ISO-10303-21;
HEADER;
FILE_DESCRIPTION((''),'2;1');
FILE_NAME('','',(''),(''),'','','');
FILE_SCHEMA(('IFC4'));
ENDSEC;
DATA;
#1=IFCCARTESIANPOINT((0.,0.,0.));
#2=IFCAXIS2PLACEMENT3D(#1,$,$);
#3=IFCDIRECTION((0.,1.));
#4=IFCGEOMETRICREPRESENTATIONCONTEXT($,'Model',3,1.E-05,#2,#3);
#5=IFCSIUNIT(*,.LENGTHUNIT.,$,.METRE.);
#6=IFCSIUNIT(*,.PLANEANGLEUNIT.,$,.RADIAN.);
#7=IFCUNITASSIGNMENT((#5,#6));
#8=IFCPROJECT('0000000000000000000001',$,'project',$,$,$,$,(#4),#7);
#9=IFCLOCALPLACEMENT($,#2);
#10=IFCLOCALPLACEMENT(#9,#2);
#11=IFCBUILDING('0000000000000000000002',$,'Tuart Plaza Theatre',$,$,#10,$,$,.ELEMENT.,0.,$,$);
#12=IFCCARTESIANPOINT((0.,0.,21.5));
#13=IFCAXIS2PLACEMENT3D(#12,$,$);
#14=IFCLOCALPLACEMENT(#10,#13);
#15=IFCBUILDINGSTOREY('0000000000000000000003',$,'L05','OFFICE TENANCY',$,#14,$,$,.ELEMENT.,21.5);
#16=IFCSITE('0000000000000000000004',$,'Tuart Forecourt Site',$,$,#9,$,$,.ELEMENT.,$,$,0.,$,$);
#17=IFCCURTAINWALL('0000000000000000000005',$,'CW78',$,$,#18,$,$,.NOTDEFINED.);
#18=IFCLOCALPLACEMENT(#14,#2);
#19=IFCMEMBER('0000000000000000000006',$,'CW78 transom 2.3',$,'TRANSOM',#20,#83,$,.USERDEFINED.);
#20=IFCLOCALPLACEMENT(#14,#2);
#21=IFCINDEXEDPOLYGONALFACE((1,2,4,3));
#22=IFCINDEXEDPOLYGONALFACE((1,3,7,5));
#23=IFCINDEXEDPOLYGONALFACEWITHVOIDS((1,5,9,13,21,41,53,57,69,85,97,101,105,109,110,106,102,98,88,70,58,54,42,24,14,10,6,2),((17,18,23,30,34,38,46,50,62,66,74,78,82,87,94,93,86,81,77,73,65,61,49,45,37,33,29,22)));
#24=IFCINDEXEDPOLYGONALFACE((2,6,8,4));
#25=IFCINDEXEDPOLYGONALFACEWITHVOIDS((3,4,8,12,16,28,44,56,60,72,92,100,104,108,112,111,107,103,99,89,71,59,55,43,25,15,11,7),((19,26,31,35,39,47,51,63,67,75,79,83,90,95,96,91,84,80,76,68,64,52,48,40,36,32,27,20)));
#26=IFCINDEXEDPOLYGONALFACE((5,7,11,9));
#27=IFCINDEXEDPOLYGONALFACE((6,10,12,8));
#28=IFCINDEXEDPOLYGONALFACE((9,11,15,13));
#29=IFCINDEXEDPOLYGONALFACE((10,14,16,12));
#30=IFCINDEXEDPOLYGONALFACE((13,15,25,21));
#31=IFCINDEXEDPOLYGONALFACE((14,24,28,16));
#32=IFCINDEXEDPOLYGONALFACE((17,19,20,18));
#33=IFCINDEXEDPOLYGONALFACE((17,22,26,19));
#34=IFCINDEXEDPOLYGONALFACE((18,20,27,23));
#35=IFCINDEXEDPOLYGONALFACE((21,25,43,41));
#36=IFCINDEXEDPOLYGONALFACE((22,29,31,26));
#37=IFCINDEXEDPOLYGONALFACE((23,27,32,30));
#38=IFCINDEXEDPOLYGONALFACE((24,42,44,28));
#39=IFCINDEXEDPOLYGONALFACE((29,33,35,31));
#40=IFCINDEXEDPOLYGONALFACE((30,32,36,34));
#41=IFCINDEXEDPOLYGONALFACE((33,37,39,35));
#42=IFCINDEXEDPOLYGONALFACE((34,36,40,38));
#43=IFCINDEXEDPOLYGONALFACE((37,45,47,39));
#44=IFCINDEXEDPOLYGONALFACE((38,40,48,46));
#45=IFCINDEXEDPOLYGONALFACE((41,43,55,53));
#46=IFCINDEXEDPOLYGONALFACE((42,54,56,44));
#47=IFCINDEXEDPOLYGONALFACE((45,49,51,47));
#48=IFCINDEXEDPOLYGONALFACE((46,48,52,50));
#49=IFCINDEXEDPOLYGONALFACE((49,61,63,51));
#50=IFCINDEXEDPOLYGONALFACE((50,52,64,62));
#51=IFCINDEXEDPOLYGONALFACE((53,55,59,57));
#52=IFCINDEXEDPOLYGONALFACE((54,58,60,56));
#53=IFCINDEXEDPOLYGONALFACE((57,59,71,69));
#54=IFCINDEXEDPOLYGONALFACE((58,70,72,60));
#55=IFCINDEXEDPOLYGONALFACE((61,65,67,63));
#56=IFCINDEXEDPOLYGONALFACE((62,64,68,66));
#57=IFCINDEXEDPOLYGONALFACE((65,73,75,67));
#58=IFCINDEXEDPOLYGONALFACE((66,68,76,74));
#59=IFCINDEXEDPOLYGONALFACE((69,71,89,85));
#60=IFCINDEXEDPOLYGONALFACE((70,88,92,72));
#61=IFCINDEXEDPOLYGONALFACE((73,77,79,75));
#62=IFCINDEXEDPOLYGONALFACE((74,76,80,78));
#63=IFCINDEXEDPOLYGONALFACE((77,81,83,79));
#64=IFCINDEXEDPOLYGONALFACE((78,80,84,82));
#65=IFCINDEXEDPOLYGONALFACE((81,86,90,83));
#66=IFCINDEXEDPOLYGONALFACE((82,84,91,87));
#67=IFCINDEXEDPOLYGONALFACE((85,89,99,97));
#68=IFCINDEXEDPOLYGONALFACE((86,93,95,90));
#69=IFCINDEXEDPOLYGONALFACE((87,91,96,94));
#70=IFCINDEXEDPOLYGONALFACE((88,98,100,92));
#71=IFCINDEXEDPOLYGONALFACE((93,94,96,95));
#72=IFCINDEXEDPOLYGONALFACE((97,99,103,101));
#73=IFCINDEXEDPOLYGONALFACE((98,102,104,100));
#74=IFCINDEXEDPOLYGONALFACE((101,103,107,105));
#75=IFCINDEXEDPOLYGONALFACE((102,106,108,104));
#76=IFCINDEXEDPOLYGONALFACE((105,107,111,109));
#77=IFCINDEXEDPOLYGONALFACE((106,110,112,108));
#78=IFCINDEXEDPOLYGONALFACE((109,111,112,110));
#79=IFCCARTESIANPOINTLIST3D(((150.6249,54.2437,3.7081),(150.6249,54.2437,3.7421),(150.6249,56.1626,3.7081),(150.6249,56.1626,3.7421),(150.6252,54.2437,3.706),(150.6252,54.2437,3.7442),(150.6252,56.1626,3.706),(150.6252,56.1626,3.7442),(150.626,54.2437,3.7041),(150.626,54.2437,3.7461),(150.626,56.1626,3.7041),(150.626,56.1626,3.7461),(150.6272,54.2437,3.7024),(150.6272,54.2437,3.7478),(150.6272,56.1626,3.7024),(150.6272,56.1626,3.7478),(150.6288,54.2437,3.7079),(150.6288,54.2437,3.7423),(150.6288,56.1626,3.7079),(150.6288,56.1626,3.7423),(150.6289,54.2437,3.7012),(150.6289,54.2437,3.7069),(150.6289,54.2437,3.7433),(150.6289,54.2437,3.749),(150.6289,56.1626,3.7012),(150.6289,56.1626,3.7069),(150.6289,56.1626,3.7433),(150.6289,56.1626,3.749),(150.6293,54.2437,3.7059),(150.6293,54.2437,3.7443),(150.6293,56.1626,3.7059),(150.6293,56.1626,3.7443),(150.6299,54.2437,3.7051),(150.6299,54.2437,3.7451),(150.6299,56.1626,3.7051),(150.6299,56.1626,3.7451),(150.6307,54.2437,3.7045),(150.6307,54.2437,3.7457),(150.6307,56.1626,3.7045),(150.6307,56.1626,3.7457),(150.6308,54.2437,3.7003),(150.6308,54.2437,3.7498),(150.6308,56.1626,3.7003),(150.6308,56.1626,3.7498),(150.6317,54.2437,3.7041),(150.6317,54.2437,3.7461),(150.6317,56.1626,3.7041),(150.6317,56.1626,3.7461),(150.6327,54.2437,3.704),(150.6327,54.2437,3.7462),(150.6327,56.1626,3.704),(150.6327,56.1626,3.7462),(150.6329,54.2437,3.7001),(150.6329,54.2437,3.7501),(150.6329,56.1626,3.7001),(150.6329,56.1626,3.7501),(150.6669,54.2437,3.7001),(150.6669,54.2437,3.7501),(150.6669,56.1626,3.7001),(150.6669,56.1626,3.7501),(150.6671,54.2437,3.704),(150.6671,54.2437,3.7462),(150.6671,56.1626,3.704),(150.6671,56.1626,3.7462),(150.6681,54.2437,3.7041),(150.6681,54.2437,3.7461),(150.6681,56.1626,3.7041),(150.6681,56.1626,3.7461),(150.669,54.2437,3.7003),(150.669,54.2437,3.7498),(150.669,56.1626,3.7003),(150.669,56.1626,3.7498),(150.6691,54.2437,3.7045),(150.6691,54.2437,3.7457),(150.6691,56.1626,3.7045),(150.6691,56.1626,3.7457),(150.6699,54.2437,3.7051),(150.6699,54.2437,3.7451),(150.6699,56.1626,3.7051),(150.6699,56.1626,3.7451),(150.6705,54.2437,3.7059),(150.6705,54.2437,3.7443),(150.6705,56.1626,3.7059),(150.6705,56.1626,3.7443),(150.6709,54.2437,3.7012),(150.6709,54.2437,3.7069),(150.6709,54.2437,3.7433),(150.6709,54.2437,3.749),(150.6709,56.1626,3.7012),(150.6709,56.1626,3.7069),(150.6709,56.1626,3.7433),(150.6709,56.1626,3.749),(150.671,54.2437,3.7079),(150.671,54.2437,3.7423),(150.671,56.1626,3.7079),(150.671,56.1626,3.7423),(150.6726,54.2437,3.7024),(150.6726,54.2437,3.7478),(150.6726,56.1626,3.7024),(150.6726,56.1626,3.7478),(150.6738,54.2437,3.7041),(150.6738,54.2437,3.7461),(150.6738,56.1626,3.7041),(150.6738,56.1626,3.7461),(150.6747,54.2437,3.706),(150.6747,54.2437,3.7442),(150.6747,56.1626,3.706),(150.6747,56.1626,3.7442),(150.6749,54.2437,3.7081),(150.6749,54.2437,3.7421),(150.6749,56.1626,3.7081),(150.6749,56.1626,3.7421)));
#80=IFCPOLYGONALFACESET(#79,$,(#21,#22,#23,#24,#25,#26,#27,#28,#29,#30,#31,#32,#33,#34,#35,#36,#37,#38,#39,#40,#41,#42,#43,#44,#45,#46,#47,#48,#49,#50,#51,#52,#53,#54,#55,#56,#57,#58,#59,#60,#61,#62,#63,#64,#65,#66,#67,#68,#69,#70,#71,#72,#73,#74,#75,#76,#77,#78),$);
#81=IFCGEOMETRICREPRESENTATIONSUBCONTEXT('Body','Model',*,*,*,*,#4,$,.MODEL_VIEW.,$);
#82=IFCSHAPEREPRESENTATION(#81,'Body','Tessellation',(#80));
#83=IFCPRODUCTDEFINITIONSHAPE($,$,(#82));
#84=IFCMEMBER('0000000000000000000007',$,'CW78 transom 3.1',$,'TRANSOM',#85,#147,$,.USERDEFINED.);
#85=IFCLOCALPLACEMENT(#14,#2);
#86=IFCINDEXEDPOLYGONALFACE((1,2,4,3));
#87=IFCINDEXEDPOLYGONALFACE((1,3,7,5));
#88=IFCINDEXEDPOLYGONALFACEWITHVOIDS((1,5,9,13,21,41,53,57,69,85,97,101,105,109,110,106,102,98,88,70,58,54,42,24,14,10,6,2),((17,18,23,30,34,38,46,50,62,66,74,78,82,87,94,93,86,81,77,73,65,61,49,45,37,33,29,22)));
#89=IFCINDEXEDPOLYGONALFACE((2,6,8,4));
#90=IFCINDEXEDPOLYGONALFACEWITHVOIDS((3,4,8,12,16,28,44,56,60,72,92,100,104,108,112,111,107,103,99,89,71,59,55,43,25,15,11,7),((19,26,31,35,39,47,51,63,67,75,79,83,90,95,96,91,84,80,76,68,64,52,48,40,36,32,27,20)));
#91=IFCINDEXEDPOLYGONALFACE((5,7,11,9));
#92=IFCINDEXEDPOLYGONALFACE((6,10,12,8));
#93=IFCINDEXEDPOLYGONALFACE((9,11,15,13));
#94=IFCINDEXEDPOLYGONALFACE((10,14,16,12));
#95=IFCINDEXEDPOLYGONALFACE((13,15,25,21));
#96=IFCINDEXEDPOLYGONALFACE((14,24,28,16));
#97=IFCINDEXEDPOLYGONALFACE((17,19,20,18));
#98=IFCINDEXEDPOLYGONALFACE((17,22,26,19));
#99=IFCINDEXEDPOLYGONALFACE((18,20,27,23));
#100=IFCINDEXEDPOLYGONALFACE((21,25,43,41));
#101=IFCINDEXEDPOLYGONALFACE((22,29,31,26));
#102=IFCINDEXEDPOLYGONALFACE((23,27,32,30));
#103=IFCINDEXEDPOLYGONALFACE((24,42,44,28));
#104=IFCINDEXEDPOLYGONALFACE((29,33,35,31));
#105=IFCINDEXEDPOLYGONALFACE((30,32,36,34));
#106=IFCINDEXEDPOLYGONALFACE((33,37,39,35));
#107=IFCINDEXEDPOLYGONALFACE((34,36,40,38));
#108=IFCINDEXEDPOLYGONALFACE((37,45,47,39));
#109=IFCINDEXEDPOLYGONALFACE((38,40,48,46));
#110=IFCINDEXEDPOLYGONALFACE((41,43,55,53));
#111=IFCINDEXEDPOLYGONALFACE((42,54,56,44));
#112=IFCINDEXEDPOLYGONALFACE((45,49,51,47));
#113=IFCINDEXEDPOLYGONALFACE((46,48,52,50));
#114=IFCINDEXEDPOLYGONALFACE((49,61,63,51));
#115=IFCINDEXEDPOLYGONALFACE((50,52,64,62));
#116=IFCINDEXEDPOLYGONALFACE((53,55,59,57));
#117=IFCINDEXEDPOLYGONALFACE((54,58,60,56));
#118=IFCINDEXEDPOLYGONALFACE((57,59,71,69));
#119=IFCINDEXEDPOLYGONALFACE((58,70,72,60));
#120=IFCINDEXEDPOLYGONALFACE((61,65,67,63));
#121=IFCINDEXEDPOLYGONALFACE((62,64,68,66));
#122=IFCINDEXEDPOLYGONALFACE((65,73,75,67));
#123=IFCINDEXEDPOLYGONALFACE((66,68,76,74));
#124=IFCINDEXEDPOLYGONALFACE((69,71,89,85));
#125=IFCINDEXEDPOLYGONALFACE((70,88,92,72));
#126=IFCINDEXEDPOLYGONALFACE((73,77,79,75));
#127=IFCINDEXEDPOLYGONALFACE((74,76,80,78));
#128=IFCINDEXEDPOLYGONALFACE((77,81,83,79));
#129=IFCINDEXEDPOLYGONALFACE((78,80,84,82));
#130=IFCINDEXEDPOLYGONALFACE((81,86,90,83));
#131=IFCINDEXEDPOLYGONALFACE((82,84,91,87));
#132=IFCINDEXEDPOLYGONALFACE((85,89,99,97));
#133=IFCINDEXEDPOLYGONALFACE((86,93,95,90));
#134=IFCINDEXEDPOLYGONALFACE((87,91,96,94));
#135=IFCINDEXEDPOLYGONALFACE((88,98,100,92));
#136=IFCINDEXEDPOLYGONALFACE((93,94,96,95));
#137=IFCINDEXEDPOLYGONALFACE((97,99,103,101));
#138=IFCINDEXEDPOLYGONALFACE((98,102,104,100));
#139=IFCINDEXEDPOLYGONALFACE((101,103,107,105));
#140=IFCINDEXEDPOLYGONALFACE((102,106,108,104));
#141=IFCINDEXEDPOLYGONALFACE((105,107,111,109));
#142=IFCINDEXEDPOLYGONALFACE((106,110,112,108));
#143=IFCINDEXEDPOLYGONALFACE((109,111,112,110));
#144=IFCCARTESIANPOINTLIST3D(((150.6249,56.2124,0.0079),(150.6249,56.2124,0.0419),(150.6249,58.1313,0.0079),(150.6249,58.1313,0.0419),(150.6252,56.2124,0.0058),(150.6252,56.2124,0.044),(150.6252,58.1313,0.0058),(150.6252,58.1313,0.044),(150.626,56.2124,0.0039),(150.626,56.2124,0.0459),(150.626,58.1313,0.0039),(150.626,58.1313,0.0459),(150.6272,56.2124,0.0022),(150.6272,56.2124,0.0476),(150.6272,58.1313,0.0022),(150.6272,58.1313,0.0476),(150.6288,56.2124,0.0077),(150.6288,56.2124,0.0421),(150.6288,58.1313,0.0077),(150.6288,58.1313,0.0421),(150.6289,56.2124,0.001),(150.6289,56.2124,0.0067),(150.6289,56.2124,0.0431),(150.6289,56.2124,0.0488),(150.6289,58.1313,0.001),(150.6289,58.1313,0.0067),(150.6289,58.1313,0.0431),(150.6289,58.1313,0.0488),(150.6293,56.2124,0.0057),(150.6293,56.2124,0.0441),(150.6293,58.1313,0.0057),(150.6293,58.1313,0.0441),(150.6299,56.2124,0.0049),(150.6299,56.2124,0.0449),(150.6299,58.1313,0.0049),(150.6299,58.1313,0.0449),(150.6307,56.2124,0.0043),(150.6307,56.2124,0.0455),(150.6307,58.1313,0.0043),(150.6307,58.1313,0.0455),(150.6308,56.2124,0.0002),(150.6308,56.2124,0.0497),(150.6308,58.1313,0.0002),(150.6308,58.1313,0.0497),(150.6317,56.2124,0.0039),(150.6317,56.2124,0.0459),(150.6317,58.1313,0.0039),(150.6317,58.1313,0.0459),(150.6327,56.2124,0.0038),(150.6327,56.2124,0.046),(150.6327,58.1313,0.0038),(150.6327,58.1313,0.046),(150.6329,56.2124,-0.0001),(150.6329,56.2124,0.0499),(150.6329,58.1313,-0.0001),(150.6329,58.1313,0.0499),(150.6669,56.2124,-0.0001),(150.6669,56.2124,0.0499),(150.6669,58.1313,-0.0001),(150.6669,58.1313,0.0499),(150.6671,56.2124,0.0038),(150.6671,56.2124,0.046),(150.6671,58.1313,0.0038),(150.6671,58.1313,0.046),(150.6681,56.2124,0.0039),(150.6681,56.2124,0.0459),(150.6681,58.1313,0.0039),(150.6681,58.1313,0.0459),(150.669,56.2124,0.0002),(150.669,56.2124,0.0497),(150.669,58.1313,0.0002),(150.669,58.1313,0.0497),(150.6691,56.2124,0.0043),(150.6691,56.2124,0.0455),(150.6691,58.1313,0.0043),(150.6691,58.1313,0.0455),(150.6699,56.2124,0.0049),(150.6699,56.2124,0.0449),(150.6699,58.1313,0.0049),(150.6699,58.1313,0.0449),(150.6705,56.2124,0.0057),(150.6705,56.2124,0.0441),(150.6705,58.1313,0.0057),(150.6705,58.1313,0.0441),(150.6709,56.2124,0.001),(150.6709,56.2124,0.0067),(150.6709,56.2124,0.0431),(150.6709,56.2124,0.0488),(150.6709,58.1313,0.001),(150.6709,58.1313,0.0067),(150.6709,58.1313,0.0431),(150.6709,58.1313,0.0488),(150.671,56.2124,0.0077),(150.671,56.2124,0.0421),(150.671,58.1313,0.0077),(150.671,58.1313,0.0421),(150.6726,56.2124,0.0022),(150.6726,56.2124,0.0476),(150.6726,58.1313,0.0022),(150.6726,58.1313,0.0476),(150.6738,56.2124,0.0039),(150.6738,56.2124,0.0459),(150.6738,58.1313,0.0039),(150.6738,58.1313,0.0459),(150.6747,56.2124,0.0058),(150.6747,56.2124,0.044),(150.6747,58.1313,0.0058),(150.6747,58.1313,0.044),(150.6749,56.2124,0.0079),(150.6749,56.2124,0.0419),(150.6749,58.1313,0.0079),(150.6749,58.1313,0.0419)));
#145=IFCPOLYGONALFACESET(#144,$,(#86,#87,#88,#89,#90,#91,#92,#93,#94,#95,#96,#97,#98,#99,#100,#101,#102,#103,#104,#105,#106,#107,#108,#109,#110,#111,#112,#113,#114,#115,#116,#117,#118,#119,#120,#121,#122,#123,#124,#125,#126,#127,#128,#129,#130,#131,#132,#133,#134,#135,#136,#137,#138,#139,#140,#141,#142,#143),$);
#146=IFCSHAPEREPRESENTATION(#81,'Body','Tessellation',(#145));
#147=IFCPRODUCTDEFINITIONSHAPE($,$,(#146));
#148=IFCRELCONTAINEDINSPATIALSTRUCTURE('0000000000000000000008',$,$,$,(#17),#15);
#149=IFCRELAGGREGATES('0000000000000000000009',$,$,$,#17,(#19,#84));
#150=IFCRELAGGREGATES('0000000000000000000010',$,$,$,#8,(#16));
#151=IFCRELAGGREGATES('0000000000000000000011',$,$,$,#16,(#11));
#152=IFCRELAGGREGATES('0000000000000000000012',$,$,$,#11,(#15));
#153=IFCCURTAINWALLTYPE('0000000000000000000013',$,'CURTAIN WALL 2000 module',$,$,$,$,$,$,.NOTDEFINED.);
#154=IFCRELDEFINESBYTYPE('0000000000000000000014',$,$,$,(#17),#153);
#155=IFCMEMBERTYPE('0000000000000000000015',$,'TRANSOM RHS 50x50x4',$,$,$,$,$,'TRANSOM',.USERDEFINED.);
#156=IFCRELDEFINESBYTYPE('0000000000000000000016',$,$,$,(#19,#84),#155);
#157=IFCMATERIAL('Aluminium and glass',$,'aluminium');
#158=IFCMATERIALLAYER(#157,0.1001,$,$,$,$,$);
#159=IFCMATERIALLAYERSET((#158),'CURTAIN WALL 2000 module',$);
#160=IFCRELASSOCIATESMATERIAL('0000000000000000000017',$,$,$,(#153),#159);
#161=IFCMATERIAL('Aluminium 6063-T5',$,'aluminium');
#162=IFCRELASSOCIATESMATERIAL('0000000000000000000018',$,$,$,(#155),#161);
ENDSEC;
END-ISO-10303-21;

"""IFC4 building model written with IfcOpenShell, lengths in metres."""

from ifc_helpers import new_model, si_unit, direction, frame, origin, origin_2d, place, context, subcontext, project, spatial, hollow_rectangle, extrude, material, layer, layer_set, material_profile, profile_set, type_object, element, aggregate, save


model = new_model("IFC4")

# Units and contexts
model_context = context("Model", 3, precision=1e-05, world=origin(), true_north=direction((0.0, 1.0)))
body_context = subcontext(model_context, "Body", "Model", "MODEL_VIEW")
ifc_project = project(units=[si_unit("LENGTHUNIT", "METRE"), si_unit("PLANEANGLEUNIT", "RADIAN")], contexts=[model_context])

# Site, building, storey
site_placement = place(None, origin())
site = spatial("IfcSite", under=ifc_project, at=site_placement, Name="Tuart Forecourt Site", CompositionType="ELEMENT", RefElevation=0.0)
building_placement = place(site_placement, origin())
building = spatial("IfcBuilding", under=site, at=building_placement, Name="Tuart Plaza Theatre", CompositionType="ELEMENT", ElevationOfRefHeight=0.0)
storey_placement = place(building_placement, frame((0.0, 0.0, 21.5)))
storey = spatial("IfcBuildingStorey", under=building, at=storey_placement, Name="L05", Description="OFFICE TENANCY", CompositionType="ELEMENT", Elevation=21.5)

# Curtain wall
ifc_material_1 = material(Name="Aluminium and glass", Category="aluminium")
ifc_layer_1 = layer(ifc_material_1, 0.1001)
ifc_layer_set_1 = layer_set([ifc_layer_1], Name="CURTAIN WALL 2000 module")
curtain_wall_type = type_object("IfcCurtainWallType", Name="CURTAIN WALL 2000 module", PredefinedType="NOTDEFINED", material=ifc_layer_set_1)
curtain_wall_1_placement = place(storey_placement, origin())
curtain_wall_1 = element("IfcCurtainWall", 1, at=curtain_wall_1_placement, inside=storey, type_object=curtain_wall_type, Name="CW78", PredefinedType="NOTDEFINED")

# Members
ifc_material_2 = material(Name="Aluminium 6063-T5", Category="aluminium")
ifc_material_profile_1 = material_profile(ifc_material_2, hollow_rectangle(XDim=0.05, YDim=0.05, WallThickness=0.0039, InnerFilletRadius=0.0039, OuterFilletRadius=0.0081, at=origin_2d()), Name="RHS 50x50x4")
ifc_profile_set_1 = profile_set([ifc_material_profile_1], Name="Aluminium 6063-T5")
member_type_1 = type_object("IfcMemberType", Name="TRANSOM RHS 50x50x4", ElementType="TRANSOM", PredefinedType="USERDEFINED", material=ifc_profile_set_1)
member_1_placement = place(storey_placement, frame((150.6499, 54.2437, 3.7251), z_axis=(0.0, 1.0, 0.0), x_axis=(-1.0, 0.0, 0.0)))
member_1 = element("IfcMember", 2, at=member_1_placement, type_object=member_type_1, Name="CW78 transom 2.3", ObjectType="TRANSOM", PredefinedType="USERDEFINED", context=body_context, shape_type="SweptSolid", body=[
    extrude(hollow_rectangle(XDim=0.05, YDim=0.05, WallThickness=0.0039, InnerFilletRadius=0.0039, OuterFilletRadius=0.0081, at=origin_2d()), origin(), (0.0, 0.0, 1.0), 1.9189),
])
member_2_placement = place(storey_placement, frame((150.6499, 56.2124, 0.0249), z_axis=(0.0, 1.0, 0.0), x_axis=(-1.0, 0.0, 0.0)))
member_2 = element("IfcMember", 3, at=member_2_placement, type_object=member_type_1, Name="CW78 transom 3.1", ObjectType="TRANSOM", PredefinedType="USERDEFINED", context=body_context, shape_type="SweptSolid", body=[
    extrude(hollow_rectangle(XDim=0.05, YDim=0.05, WallThickness=0.0039, InnerFilletRadius=0.0039, OuterFilletRadius=0.0081, at=origin_2d()), origin(), (0.0, 0.0, 1.0), 1.9189),
])

aggregate(curtain_wall_1, [member_1, member_2])

save(model, "model.ifc")
